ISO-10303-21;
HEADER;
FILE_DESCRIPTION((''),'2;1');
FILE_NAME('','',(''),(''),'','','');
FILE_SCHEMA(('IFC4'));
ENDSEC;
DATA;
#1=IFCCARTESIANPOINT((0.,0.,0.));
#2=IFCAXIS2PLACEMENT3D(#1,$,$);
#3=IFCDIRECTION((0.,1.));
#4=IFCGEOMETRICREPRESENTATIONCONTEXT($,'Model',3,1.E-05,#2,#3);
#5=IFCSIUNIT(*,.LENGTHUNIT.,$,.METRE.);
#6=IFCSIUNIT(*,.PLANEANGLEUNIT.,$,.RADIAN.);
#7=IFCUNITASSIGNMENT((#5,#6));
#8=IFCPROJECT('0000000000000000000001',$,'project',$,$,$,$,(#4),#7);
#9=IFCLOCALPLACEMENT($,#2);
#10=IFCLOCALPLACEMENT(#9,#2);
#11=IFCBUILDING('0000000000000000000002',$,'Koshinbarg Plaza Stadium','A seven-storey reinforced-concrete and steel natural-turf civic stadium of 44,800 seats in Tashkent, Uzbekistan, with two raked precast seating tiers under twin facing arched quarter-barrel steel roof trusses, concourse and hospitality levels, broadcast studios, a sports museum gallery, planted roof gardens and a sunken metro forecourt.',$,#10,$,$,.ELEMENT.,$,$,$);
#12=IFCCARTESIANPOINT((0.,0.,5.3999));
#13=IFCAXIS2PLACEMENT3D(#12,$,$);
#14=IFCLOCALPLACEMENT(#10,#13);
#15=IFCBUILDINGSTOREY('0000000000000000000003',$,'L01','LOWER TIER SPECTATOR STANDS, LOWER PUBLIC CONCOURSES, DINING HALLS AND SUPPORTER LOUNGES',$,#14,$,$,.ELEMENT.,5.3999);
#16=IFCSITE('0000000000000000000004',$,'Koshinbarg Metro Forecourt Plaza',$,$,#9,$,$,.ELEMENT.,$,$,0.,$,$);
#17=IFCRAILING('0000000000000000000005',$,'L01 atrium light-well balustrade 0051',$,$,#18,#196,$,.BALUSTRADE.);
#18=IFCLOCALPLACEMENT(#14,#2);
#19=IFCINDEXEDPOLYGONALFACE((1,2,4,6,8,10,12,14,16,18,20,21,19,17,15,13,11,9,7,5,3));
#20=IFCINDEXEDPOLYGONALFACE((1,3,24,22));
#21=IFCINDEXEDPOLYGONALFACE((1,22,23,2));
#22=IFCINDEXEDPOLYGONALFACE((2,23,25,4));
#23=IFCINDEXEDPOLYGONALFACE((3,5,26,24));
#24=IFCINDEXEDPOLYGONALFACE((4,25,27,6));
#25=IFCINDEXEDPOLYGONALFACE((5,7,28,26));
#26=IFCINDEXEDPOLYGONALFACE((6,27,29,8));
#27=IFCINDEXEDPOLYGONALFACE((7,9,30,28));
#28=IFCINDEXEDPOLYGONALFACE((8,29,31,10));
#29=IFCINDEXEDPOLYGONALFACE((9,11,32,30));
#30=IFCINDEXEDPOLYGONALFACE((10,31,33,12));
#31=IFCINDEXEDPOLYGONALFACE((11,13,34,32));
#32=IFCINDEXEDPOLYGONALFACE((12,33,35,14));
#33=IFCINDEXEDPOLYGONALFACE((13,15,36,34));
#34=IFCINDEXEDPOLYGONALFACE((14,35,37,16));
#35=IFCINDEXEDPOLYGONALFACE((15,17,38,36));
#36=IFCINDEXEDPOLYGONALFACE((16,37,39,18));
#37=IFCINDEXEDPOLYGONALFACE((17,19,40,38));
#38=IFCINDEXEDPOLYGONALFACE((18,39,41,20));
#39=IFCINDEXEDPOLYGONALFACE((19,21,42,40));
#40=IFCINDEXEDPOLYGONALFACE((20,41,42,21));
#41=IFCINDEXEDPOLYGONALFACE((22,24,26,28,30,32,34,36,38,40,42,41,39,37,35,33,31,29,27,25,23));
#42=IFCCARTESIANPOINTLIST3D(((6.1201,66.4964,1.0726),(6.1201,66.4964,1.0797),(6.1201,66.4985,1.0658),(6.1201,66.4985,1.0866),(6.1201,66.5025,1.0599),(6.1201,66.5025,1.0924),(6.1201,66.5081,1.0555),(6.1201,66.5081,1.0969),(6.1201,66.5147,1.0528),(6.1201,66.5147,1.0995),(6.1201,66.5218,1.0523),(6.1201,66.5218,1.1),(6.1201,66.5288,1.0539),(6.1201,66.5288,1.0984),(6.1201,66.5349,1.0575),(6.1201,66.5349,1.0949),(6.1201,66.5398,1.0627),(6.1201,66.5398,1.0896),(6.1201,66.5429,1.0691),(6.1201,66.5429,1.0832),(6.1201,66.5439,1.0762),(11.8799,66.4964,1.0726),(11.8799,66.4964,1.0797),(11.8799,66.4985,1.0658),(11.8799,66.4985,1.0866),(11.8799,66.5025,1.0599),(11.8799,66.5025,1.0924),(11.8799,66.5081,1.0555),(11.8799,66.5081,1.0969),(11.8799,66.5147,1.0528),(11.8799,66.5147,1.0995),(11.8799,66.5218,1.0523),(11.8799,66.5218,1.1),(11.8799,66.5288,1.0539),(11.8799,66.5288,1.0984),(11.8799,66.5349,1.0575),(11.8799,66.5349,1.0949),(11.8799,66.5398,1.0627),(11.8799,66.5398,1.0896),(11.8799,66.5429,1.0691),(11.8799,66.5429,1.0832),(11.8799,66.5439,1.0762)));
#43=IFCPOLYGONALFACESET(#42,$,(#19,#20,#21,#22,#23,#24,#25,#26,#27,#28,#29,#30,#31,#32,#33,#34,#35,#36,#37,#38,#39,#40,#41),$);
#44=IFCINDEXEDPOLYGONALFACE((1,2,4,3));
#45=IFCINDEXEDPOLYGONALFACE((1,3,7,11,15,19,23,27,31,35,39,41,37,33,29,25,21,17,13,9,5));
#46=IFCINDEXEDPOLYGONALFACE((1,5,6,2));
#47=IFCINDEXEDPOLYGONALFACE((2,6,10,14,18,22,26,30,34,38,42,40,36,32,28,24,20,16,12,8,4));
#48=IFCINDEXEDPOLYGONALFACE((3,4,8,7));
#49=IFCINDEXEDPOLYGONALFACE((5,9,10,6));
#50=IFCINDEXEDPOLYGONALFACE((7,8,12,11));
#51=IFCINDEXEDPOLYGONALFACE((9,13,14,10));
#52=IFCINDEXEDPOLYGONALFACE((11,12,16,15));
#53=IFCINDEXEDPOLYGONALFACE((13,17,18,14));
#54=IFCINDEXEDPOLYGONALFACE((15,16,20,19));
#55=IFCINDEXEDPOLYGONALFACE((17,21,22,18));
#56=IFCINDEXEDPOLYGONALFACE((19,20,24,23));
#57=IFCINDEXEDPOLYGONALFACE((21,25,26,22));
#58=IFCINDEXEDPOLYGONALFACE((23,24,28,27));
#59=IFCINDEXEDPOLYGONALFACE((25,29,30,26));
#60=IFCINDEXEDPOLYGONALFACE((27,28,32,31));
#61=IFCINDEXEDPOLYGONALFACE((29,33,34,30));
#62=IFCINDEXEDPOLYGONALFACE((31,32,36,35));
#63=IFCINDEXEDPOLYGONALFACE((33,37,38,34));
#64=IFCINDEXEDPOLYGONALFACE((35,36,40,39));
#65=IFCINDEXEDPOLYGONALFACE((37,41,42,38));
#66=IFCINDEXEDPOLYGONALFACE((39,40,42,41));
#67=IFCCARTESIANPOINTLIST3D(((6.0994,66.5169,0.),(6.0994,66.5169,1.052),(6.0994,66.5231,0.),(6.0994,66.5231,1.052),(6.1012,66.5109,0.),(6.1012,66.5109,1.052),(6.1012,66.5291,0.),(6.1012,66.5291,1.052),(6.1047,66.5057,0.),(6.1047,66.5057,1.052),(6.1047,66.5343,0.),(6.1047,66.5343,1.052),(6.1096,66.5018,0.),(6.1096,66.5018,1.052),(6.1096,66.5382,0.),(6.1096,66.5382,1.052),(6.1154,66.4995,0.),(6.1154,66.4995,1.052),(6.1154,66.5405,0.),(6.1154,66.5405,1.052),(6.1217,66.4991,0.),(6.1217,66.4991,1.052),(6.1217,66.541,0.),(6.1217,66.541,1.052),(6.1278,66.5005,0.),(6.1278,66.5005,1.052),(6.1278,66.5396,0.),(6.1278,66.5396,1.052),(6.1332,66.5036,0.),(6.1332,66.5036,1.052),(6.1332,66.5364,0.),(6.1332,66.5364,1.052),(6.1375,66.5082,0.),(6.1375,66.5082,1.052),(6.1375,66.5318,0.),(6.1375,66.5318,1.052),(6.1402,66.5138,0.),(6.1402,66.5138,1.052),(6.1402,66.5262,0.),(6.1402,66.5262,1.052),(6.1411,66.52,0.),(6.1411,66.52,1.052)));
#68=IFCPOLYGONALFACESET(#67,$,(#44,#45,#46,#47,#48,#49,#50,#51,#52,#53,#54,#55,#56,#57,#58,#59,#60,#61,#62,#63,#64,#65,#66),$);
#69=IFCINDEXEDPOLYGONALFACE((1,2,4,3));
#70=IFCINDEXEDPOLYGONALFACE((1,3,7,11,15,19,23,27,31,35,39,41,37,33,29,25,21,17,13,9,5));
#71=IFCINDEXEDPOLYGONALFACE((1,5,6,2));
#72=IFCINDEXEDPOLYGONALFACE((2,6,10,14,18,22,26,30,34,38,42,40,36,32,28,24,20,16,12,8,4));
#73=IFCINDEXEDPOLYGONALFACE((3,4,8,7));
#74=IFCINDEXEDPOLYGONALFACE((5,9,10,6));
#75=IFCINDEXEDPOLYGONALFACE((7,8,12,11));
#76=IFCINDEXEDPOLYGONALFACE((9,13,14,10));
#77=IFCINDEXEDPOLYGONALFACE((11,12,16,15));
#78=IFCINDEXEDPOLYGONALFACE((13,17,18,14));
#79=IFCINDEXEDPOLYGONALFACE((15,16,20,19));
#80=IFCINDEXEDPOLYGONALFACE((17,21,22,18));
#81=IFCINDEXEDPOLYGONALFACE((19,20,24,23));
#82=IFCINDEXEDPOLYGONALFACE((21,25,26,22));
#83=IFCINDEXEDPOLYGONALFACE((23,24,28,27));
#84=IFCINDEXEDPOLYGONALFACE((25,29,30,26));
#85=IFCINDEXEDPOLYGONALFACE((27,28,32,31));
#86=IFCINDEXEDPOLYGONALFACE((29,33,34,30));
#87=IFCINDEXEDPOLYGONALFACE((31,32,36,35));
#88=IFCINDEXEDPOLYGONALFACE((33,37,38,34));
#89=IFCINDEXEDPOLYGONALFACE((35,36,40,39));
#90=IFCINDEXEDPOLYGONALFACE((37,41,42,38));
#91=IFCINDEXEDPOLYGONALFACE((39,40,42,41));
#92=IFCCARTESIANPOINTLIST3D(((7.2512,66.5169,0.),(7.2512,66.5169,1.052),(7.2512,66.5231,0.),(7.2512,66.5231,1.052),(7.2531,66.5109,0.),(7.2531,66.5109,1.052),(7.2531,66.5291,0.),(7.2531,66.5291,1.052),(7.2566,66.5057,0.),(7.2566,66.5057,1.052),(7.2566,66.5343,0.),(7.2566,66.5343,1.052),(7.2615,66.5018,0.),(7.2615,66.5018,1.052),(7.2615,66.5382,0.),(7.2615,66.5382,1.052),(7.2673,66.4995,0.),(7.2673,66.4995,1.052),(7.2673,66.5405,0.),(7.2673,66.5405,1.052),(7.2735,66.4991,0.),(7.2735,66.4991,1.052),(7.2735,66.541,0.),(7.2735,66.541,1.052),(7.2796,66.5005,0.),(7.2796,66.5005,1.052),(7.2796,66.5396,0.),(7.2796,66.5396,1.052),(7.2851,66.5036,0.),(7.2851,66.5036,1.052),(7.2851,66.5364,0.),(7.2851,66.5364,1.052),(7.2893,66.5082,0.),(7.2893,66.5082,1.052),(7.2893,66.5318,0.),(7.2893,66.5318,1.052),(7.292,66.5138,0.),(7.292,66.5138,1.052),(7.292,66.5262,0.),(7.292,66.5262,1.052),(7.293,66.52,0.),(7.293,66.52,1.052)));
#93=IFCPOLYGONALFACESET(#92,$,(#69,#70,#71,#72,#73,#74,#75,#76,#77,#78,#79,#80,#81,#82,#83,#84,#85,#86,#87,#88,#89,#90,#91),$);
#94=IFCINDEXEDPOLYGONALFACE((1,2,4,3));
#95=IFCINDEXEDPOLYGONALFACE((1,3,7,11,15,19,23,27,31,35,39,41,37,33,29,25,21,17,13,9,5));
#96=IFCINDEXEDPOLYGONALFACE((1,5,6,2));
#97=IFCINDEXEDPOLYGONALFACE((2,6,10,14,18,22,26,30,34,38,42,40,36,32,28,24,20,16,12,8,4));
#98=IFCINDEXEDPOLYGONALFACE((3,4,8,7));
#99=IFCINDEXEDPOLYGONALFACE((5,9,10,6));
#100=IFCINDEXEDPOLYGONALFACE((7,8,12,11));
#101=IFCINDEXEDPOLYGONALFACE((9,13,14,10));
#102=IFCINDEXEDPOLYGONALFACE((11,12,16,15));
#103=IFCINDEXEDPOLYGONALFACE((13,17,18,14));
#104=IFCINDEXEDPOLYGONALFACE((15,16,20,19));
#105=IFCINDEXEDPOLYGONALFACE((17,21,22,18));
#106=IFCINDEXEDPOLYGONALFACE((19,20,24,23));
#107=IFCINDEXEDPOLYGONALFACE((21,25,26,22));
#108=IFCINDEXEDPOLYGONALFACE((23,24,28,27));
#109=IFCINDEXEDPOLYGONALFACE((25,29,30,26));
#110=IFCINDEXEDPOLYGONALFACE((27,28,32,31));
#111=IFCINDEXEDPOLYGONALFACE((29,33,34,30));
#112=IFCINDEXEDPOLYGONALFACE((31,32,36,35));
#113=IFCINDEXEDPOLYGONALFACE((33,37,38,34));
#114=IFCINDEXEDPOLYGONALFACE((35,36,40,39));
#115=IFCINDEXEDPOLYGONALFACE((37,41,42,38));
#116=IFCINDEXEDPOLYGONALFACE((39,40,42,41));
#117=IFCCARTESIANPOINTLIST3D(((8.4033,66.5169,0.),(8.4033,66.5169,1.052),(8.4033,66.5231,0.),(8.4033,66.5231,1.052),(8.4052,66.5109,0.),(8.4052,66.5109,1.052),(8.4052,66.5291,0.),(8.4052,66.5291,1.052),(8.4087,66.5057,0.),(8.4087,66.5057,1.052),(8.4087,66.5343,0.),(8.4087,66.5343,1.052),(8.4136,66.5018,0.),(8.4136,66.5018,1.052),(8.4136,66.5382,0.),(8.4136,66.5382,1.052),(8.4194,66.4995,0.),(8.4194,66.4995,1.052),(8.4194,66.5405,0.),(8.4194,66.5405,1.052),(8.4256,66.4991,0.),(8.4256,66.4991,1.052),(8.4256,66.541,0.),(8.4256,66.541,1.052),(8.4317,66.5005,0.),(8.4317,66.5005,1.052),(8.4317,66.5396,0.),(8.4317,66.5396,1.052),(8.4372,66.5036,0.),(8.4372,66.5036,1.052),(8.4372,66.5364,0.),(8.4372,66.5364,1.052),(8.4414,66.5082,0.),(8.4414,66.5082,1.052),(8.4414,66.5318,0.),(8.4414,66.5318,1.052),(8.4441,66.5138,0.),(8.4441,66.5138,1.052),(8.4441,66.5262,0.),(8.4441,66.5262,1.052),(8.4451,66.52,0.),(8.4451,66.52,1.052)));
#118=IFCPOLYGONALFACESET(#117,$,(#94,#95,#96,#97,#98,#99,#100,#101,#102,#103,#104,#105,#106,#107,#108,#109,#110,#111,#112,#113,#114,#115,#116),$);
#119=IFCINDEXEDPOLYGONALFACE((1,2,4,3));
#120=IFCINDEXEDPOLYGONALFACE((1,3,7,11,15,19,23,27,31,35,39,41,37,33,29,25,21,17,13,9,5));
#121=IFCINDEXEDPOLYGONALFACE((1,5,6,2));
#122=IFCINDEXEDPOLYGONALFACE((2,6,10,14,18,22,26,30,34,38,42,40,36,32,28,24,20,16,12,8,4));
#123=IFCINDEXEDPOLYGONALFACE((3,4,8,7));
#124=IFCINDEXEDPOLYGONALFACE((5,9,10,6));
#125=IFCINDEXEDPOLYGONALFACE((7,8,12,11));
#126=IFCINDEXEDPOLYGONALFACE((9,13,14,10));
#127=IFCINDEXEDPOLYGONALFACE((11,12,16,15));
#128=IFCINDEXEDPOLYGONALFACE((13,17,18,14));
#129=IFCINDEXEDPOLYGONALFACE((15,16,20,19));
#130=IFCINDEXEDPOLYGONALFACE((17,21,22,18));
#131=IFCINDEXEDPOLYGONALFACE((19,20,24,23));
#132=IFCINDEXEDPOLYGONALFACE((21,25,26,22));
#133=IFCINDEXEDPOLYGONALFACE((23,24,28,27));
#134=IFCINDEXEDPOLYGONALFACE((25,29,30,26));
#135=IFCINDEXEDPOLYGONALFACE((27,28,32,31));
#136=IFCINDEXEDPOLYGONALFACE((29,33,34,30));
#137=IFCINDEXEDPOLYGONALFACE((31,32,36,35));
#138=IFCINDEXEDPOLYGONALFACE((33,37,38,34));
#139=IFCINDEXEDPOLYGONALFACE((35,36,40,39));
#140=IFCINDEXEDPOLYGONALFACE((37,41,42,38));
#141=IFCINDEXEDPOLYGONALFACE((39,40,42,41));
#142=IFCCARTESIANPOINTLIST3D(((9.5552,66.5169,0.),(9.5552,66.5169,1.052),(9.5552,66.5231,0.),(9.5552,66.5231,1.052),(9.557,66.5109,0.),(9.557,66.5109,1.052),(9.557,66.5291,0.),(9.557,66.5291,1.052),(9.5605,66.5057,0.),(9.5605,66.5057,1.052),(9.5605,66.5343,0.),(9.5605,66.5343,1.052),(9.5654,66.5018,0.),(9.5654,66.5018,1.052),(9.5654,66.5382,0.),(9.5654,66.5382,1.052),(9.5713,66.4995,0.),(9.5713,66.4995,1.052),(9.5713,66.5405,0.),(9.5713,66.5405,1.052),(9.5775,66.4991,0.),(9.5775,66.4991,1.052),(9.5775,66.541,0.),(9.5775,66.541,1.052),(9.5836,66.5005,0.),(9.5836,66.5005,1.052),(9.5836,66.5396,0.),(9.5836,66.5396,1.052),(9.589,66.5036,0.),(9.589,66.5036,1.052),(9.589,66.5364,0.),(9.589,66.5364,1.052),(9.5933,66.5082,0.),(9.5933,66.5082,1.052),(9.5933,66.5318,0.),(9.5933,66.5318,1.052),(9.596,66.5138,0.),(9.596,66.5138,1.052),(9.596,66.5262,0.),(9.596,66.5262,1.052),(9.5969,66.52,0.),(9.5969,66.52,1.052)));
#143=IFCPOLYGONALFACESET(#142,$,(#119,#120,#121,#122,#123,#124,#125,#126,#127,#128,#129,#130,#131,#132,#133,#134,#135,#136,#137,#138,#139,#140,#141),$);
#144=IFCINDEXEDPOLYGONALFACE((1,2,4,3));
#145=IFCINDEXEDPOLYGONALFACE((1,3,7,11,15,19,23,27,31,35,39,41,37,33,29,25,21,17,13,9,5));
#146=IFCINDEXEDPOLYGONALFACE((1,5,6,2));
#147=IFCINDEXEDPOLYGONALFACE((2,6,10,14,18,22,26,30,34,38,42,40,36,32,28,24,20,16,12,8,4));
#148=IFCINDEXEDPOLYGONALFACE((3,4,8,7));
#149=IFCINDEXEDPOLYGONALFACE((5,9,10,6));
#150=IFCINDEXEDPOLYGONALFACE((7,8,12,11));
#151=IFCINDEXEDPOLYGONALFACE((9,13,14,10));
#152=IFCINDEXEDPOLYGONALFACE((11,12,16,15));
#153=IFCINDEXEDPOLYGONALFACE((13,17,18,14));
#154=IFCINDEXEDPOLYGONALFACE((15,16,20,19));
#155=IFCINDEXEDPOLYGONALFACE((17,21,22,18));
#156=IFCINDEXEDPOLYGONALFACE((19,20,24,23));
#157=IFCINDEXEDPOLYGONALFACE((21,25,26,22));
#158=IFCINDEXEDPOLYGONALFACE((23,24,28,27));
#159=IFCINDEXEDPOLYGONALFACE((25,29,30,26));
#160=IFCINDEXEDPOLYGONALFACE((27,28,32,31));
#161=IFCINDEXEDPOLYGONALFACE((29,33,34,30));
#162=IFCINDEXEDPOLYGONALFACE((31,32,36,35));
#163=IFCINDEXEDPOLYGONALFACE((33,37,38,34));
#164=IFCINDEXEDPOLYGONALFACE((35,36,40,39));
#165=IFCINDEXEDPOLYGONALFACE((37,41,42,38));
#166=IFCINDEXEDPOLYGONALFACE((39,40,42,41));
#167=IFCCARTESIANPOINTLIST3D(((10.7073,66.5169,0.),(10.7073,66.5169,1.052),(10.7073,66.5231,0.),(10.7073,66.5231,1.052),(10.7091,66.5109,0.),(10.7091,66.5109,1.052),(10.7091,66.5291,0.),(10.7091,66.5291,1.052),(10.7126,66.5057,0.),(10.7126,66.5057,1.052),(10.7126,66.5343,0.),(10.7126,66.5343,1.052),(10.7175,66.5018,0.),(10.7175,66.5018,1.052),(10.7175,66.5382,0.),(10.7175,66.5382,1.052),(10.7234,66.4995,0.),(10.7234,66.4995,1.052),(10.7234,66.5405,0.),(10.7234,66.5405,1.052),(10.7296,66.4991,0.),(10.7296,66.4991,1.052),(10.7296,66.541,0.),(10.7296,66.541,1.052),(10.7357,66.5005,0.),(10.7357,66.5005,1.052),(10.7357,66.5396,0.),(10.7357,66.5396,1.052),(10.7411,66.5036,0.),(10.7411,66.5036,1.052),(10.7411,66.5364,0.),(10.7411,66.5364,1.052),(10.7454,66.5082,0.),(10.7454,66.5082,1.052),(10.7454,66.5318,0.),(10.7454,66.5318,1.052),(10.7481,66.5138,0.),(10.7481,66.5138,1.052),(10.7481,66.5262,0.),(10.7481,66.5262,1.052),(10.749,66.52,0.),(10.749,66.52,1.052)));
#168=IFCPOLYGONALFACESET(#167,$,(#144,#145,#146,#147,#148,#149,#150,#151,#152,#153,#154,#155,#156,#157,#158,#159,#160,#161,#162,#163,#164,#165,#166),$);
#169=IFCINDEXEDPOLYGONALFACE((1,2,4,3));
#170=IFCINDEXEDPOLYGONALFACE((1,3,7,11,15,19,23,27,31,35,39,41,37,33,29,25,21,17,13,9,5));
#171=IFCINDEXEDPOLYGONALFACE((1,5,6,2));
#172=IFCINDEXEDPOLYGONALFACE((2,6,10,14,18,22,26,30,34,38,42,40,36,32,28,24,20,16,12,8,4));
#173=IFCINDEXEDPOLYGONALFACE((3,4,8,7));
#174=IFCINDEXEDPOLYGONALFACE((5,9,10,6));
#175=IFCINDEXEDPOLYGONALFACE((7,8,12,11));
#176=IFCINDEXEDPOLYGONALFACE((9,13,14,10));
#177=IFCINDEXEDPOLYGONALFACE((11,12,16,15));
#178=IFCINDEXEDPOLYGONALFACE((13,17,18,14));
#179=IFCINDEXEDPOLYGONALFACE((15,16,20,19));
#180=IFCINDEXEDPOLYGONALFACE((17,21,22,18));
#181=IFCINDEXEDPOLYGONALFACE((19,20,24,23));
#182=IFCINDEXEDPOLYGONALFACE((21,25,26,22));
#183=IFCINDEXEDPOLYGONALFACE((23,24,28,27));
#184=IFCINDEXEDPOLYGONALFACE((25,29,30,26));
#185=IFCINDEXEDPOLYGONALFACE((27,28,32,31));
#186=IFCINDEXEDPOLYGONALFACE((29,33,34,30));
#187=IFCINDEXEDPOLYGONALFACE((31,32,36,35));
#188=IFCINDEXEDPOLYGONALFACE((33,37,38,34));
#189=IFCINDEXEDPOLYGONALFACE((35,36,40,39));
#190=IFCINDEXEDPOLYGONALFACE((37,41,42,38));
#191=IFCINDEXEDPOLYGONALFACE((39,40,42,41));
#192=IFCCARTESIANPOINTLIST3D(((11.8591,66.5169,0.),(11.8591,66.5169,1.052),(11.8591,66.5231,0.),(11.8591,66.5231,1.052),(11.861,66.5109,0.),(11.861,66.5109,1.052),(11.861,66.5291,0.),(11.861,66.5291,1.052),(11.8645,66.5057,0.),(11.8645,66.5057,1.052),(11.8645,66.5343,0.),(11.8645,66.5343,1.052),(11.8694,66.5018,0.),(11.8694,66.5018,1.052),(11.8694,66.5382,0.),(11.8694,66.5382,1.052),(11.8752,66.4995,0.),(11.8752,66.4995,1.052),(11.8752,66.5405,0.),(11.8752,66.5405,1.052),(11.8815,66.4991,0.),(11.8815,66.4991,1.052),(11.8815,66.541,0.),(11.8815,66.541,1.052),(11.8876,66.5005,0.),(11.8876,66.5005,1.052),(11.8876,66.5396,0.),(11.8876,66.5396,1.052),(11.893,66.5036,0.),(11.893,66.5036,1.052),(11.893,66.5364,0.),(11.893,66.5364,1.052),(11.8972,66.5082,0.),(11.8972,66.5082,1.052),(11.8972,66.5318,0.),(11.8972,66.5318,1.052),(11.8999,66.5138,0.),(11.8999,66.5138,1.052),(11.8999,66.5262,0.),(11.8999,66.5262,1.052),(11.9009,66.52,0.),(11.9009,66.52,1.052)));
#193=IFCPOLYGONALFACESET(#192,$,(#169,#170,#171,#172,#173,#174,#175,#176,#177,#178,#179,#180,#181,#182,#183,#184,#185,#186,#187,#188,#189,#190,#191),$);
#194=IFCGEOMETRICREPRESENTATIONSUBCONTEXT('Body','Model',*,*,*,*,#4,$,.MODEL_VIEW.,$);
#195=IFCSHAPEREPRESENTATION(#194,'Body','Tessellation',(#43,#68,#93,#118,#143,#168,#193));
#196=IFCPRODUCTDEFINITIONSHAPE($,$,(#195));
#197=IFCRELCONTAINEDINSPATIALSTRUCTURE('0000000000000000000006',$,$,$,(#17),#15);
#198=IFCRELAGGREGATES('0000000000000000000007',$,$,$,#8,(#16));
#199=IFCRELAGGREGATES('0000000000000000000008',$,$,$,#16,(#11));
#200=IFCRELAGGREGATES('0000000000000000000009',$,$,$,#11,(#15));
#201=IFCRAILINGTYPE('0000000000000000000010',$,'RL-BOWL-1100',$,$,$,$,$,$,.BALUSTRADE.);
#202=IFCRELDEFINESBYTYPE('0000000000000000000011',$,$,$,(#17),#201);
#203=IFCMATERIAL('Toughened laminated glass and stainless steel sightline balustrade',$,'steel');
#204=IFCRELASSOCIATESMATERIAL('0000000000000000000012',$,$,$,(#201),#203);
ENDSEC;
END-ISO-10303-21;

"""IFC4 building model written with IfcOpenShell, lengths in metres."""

from ifc_helpers import new_model, si_unit, direction, frame, origin, origin_2d, place, context, subcontext, project, spatial, circle, extrude, material, type_object, element, save


model = new_model("IFC4")

# Units and contexts
model_context = context("Model", 3, precision=1e-05, world=origin(), true_north=direction((0.0, 1.0)))
body_context = subcontext(model_context, "Body", "Model", "MODEL_VIEW")
ifc_project = project(units=[si_unit("LENGTHUNIT", "METRE"), si_unit("PLANEANGLEUNIT", "RADIAN")], contexts=[model_context])

# Site, building, storey
site_placement = place(None, origin())
site = spatial("IfcSite", under=ifc_project, at=site_placement, Name="Koshinbarg Metro Forecourt Plaza", CompositionType="ELEMENT", RefElevation=0.0)
building_placement = place(site_placement, origin())
building = spatial("IfcBuilding", under=site, at=building_placement, Name="Koshinbarg Plaza Stadium", Description="A seven-storey reinforced-concrete and steel natural-turf civic stadium of 44,800 seats in Tashkent, Uzbekistan, with two raked precast seating tiers under twin facing arched quarter-barrel steel roof trusses, concourse and hospitality levels, broadcast studios, a sports museum gallery, planted roof gardens and a sunken metro forecourt.", CompositionType="ELEMENT")
storey_placement = place(building_placement, frame((0.0, 0.0, 5.3999)))
storey = spatial("IfcBuildingStorey", under=building, at=storey_placement, Name="L01", Description="LOWER TIER SPECTATOR STANDS, LOWER PUBLIC CONCOURSES, DINING HALLS AND SUPPORTER LOUNGES", CompositionType="ELEMENT", Elevation=5.3999)

# Railing
ifc_material_1 = material(Name="Toughened laminated glass and stainless steel sightline balustrade", Category="steel")
railing_type = type_object("IfcRailingType", Name="RL-BOWL-1100", PredefinedType="BALUSTRADE", material=ifc_material_1)
railing_1_placement = place(storey_placement, frame((6.1201, 66.52, 0.0)))
element("IfcRailing", 1, at=railing_1_placement, inside=storey, type_object=railing_type, Name="L01 atrium light-well balustrade 0051", PredefinedType="BALUSTRADE", context=body_context, shape_type="SweptSolid", body=[
    extrude(circle(Radius=0.0239, at=origin_2d()), frame((0.0, 0.0, 1.0762), z_axis=(1.0, 0.0, 0.0), x_axis=(0.0, 1.0, 0.0)), (0.0, 0.0, 1.0), 5.7598),
    extrude(circle(Radius=0.021, at=origin_2d()), origin(), (0.0, 0.0, 1.0), 1.052),
    extrude(circle(Radius=0.021, at=origin_2d()), frame((1.1519, 0.0, 0.0)), (0.0, 0.0, 1.0), 1.052),
    extrude(circle(Radius=0.021, at=origin_2d()), frame((2.304, 0.0, 0.0)), (0.0, 0.0, 1.0), 1.052),
    extrude(circle(Radius=0.021, at=origin_2d()), frame((3.4558, 0.0, 0.0)), (0.0, 0.0, 1.0), 1.052),
    extrude(circle(Radius=0.021, at=origin_2d()), frame((4.6079, 0.0, 0.0)), (0.0, 0.0, 1.0), 1.052),
    extrude(circle(Radius=0.021, at=origin_2d()), frame((5.7598, 0.0, 0.0)), (0.0, 0.0, 1.0), 1.052),
])

save(model, "model.ifc")
